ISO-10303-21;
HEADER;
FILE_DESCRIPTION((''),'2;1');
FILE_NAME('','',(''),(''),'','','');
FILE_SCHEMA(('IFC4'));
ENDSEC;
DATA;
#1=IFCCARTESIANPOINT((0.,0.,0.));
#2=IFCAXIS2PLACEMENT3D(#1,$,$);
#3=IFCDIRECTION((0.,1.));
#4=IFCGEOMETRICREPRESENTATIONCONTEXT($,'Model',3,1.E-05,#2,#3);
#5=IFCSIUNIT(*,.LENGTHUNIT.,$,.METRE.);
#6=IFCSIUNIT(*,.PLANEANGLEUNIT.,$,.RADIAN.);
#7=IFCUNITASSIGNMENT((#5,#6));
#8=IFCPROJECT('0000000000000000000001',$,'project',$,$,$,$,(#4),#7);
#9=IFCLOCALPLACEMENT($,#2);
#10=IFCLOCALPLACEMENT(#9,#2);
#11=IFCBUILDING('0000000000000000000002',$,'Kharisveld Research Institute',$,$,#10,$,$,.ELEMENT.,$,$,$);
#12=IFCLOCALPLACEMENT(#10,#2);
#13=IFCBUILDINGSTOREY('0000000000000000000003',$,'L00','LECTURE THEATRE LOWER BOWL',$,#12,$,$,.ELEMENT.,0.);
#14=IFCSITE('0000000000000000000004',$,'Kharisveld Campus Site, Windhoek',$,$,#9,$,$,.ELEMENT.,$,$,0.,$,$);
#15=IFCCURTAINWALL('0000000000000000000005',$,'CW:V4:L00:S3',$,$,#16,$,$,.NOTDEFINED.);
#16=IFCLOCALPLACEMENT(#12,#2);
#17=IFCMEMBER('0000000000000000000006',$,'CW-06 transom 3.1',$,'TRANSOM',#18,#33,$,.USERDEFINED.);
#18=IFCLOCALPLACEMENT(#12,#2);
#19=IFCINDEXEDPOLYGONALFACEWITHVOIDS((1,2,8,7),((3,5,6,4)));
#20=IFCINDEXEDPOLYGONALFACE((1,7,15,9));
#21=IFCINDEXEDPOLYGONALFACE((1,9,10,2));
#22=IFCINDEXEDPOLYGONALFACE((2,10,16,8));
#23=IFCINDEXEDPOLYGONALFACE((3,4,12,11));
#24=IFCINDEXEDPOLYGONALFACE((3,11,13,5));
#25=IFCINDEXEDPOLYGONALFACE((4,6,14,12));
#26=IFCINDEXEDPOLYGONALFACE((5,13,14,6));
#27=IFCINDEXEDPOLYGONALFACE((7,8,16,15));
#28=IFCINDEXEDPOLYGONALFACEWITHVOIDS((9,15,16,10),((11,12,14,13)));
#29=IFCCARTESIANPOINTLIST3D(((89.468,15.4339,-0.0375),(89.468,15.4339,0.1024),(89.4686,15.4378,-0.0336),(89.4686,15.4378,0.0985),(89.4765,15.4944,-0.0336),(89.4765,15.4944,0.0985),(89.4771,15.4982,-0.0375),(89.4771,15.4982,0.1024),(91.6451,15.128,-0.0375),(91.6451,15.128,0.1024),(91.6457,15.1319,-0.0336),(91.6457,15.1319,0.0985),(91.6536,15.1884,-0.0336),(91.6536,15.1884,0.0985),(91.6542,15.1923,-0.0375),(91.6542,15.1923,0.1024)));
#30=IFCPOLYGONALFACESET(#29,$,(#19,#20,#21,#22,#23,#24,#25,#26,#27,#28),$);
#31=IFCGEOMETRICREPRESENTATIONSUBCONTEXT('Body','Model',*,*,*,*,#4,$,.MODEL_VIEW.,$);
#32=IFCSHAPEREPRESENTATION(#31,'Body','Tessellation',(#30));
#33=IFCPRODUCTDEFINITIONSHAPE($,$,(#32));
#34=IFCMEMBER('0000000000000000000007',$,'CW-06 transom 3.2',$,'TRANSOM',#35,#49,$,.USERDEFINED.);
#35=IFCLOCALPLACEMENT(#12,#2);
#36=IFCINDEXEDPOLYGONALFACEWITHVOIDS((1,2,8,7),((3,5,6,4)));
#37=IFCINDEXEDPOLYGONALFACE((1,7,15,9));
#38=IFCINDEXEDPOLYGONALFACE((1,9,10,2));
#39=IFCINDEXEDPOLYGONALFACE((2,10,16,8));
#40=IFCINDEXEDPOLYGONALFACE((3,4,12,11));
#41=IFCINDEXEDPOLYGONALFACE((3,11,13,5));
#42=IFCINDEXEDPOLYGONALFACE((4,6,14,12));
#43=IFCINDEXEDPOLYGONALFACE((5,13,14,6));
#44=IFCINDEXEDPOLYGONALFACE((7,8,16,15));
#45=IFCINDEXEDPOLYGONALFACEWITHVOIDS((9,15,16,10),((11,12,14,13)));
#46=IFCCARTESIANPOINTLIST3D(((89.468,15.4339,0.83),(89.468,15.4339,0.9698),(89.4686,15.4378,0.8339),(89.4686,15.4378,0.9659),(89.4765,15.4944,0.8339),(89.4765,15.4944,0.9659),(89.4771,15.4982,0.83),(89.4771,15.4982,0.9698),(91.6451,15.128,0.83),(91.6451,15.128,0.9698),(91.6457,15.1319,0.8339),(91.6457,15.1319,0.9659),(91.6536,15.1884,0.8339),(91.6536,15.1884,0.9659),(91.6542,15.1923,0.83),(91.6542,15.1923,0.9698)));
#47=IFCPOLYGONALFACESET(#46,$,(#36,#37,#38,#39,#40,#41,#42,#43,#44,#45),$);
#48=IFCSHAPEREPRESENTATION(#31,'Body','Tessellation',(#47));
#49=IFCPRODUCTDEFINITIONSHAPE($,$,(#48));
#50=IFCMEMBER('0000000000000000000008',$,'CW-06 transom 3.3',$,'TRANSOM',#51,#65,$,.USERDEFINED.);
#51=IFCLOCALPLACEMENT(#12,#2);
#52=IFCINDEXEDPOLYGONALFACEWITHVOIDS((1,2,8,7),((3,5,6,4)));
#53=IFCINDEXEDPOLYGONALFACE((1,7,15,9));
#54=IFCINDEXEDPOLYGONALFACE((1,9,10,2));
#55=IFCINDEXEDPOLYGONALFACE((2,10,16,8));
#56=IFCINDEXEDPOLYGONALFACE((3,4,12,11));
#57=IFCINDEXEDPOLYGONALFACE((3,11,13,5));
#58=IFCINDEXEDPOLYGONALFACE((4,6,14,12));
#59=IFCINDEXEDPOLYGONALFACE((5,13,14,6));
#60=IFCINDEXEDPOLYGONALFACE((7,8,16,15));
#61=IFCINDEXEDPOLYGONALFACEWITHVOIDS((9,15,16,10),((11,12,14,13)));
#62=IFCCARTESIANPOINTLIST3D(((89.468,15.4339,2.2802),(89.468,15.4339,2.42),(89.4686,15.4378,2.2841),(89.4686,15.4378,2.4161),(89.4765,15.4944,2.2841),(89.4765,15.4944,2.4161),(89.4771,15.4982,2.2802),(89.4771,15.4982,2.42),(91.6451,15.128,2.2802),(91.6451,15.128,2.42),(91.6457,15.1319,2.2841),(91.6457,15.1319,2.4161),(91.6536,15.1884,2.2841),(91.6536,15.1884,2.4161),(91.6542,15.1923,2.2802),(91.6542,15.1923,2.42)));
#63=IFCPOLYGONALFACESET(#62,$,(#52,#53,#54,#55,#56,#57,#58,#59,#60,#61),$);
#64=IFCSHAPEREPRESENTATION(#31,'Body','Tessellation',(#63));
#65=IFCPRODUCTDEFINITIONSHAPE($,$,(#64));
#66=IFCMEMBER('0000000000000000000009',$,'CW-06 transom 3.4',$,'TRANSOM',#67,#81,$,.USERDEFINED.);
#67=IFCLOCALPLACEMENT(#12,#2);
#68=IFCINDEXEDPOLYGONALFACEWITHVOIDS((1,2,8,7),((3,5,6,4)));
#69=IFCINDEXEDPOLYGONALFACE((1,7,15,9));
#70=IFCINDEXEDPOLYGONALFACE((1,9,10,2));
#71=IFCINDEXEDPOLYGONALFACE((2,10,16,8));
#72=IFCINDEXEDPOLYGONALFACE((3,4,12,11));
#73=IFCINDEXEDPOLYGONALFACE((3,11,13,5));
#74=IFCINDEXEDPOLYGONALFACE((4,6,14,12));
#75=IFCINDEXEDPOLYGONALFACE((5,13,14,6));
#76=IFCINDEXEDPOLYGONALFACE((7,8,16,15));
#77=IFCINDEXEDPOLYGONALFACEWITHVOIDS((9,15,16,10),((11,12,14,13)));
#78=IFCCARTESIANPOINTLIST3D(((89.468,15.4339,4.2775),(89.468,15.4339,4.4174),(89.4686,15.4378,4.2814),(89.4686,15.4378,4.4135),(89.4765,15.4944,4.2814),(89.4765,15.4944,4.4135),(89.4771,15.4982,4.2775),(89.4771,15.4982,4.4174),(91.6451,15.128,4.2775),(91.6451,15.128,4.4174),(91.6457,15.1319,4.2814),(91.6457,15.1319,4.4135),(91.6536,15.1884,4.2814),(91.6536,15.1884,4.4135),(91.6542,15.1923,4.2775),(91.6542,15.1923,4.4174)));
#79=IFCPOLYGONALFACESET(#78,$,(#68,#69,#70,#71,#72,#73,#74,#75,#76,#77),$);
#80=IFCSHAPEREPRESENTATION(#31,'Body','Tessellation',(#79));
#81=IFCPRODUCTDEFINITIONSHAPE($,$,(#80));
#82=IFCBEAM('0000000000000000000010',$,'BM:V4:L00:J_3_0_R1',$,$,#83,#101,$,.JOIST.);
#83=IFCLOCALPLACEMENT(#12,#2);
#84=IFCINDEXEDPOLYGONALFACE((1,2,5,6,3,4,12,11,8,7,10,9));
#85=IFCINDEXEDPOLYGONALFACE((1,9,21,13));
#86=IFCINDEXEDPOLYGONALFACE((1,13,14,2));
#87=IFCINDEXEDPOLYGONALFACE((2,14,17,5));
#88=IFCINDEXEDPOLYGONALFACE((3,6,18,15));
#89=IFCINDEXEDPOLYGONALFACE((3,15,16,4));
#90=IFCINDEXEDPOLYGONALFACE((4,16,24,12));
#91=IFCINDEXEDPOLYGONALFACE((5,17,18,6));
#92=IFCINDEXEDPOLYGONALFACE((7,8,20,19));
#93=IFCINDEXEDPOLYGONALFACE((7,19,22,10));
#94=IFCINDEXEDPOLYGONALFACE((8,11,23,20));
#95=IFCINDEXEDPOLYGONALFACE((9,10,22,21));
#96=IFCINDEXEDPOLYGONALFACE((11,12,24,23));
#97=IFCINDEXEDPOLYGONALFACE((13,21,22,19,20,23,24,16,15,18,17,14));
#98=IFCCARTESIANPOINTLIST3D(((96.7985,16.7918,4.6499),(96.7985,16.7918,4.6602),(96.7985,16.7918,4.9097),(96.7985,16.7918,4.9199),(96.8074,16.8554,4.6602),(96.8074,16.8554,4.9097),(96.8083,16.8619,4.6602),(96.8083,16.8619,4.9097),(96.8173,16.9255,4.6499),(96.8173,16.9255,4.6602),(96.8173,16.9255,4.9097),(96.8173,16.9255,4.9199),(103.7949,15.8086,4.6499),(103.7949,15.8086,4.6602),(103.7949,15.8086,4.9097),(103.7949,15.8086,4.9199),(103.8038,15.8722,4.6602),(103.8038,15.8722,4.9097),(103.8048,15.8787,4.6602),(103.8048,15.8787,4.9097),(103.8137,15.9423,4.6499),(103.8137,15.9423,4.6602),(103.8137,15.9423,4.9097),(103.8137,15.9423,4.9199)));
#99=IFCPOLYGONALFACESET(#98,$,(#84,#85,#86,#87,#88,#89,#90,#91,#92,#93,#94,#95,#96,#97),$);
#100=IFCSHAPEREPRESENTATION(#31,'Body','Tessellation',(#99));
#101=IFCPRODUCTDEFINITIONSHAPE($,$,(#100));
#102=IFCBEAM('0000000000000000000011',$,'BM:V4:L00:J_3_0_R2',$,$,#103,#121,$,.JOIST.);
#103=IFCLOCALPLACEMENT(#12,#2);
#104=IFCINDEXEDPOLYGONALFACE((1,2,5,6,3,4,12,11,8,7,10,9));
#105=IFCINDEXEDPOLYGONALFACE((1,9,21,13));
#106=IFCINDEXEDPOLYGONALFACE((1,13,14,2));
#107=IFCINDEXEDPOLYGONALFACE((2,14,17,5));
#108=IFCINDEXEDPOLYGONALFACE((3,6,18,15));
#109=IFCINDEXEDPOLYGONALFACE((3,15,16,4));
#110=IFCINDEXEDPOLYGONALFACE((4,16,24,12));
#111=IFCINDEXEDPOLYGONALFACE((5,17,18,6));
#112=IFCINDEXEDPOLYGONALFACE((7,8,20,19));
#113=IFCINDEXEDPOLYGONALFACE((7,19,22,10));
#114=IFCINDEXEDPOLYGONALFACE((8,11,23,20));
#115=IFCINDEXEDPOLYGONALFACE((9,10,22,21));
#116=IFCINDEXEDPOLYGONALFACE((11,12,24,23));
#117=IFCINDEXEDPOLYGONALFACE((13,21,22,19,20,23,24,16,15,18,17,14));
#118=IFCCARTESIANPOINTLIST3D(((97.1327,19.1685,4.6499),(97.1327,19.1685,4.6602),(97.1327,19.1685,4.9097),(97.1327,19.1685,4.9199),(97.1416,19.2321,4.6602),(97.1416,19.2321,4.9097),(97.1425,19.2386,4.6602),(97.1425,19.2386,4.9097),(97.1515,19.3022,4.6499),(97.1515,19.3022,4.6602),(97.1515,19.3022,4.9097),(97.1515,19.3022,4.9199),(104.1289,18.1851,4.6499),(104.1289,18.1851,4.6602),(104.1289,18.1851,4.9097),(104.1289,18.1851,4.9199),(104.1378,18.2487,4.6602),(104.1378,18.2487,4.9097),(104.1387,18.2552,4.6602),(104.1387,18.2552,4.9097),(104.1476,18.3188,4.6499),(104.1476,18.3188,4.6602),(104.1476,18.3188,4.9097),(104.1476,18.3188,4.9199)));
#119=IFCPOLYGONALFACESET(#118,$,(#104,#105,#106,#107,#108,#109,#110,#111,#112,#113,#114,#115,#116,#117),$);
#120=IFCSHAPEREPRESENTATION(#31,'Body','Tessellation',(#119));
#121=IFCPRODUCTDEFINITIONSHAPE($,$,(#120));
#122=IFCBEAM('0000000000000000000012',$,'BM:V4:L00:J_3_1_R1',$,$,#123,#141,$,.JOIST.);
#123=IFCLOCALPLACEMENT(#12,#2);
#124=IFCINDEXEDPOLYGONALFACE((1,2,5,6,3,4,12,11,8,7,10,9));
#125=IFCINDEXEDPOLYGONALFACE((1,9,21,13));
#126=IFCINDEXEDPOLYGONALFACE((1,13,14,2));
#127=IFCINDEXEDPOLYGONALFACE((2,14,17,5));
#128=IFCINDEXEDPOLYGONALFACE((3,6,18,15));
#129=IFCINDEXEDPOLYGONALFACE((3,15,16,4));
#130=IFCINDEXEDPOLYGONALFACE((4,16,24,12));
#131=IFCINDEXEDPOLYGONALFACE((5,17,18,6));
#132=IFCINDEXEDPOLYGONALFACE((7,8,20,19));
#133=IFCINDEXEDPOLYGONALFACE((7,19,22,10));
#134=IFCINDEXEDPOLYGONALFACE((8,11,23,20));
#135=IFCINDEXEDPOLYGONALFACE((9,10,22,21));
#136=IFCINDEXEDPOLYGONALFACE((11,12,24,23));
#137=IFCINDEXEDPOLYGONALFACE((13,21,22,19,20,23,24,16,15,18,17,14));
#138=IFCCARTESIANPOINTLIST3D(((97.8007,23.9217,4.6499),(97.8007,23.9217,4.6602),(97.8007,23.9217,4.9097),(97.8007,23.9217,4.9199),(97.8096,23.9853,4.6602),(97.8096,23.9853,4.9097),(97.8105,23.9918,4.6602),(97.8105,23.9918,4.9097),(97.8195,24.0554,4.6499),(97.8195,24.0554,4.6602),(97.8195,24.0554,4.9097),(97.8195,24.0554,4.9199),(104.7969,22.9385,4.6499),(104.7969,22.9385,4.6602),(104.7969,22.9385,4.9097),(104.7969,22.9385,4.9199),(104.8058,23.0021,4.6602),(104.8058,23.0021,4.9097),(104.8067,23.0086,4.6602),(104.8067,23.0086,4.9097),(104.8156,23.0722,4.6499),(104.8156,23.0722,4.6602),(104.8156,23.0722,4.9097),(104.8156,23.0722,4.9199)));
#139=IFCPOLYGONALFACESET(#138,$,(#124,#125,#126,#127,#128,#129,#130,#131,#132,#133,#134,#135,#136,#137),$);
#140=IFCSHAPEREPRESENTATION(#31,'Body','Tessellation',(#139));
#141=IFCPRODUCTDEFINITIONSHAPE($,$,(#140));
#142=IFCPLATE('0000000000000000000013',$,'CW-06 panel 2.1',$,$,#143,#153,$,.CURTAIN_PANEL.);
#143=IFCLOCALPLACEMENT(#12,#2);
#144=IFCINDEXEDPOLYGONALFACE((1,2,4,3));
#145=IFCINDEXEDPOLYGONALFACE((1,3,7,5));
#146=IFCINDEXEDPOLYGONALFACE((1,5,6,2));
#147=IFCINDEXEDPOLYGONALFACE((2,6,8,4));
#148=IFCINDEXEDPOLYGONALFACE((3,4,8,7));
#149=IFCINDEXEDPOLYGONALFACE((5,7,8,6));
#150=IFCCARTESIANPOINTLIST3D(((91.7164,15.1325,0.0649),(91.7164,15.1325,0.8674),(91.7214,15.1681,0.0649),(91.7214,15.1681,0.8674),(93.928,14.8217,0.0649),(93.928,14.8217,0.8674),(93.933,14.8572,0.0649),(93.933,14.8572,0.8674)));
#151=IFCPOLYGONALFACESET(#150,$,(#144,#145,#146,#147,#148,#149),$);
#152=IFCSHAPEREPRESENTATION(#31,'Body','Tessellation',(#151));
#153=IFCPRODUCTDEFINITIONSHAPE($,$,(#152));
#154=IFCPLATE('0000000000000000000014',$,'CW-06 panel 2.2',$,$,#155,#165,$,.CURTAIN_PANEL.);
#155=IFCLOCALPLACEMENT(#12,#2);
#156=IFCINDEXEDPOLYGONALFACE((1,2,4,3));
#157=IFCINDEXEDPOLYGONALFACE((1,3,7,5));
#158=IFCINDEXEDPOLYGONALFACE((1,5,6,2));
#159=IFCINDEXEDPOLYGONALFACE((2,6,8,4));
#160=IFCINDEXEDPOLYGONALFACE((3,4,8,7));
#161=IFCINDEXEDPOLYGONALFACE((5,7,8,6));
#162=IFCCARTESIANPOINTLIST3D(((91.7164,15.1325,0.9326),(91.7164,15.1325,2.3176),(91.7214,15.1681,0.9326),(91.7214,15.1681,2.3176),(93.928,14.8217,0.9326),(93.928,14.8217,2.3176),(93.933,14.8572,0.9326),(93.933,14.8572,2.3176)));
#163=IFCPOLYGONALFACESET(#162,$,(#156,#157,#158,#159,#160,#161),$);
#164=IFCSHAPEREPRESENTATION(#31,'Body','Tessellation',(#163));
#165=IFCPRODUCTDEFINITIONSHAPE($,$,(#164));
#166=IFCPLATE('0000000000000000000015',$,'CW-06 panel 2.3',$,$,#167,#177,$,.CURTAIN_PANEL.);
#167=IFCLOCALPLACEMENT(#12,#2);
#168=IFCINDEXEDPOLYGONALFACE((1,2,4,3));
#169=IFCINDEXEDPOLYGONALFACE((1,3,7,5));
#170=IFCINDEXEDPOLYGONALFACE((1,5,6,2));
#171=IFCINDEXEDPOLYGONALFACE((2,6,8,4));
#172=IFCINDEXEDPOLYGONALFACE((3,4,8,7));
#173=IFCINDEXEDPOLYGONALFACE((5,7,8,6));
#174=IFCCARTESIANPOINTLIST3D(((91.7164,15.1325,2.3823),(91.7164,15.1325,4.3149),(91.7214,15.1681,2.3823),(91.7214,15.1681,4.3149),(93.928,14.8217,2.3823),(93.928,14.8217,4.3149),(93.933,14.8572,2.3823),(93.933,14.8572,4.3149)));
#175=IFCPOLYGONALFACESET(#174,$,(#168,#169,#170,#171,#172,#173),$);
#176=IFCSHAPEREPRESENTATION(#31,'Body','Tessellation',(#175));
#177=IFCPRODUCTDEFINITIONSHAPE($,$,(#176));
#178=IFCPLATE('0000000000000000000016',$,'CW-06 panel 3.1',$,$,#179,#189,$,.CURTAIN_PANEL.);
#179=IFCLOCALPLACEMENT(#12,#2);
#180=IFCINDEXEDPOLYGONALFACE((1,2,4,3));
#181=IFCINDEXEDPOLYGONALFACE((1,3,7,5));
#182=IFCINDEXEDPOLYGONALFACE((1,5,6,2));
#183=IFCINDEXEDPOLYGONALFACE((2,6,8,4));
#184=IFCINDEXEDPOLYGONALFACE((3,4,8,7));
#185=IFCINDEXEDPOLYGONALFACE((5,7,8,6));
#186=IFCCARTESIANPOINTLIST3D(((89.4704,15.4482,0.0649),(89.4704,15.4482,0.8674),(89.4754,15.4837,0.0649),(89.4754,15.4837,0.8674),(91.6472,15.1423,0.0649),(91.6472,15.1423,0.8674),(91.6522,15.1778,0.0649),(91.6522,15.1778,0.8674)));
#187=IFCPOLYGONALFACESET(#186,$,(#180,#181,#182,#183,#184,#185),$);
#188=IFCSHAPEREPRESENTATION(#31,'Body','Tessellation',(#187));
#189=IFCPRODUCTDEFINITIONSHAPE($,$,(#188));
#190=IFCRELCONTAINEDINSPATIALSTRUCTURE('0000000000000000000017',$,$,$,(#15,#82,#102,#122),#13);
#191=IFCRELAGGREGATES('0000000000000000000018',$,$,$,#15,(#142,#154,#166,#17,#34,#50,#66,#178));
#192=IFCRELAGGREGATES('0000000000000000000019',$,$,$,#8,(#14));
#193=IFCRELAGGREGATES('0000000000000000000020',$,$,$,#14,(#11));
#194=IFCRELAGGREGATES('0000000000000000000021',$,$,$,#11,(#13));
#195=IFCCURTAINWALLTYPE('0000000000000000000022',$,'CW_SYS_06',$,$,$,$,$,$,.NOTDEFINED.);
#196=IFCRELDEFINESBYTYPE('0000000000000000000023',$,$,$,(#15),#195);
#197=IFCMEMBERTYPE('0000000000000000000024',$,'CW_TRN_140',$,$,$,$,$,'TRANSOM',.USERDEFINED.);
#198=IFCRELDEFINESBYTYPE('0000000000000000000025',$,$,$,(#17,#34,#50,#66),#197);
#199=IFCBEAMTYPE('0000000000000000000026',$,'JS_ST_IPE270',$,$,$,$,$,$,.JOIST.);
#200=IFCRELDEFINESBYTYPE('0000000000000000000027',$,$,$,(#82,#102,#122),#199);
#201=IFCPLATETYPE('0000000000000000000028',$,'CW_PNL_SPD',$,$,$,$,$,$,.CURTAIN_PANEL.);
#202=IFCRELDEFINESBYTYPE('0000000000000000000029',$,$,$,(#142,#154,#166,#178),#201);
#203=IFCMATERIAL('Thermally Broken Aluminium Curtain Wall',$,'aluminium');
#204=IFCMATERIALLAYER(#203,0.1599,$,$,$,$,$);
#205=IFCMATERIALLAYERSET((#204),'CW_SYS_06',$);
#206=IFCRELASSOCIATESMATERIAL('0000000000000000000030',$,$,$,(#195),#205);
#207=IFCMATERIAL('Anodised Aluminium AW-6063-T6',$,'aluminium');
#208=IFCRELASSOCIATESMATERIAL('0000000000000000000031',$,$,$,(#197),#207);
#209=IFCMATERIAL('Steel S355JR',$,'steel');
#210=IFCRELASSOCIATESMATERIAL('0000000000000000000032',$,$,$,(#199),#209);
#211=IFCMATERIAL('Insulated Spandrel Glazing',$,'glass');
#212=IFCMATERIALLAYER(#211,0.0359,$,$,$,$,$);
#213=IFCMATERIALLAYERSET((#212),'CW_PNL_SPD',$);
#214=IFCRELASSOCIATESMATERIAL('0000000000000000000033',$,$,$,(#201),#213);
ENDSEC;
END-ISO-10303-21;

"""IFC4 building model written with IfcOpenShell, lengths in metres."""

from ifc_helpers import new_model, si_unit, direction, frame, origin, origin_2d, place, context, subcontext, project, spatial, rectangle, hollow_rectangle, i_section, extrude, material, layer, layer_set, material_profile, profile_set, type_object, element, aggregate, save


model = new_model("IFC4")

# Units and contexts
model_context = context("Model", 3, precision=1e-05, world=origin(), true_north=direction((0.0, 1.0)))
body_context = subcontext(model_context, "Body", "Model", "MODEL_VIEW")
ifc_project = project(units=[si_unit("LENGTHUNIT", "METRE"), si_unit("PLANEANGLEUNIT", "RADIAN")], contexts=[model_context])

# Site, building, storey
site_placement = place(None, origin())
site = spatial("IfcSite", under=ifc_project, at=site_placement, Name="Kharisveld Campus Site, Windhoek", CompositionType="ELEMENT", RefElevation=0.0)
building_placement = place(site_placement, origin())
building = spatial("IfcBuilding", under=site, at=building_placement, Name="Kharisveld Research Institute", CompositionType="ELEMENT")
storey_placement = place(building_placement, origin())
storey = spatial("IfcBuildingStorey", under=building, at=storey_placement, Name="L00", Description="LECTURE THEATRE LOWER BOWL", CompositionType="ELEMENT", Elevation=0.0)

# Curtain wall, members
ifc_material_1 = material(Name="Thermally Broken Aluminium Curtain Wall", Category="aluminium")
ifc_layer_1 = layer(ifc_material_1, 0.1599)
ifc_layer_set_1 = layer_set([ifc_layer_1], Name="CW_SYS_06")
curtain_wall_type = type_object("IfcCurtainWallType", Name="CW_SYS_06", PredefinedType="NOTDEFINED", material=ifc_layer_set_1)
curtain_wall_placement = place(storey_placement, origin())
curtain_wall = element("IfcCurtainWall", 1, at=curtain_wall_placement, inside=storey, type_object=curtain_wall_type, Name="CW:V4:L00:S3", PredefinedType="NOTDEFINED")
ifc_material_2 = material(Name="Anodised Aluminium AW-6063-T6", Category="aluminium")
ifc_material_profile_1 = material_profile(ifc_material_2, hollow_rectangle(XDim=0.0649, YDim=0.1399, WallThickness=0.0039, at=origin_2d()))
ifc_profile_set_1 = profile_set([ifc_material_profile_1], Name="Anodised Aluminium AW-6063-T6")
member_type_1 = type_object("IfcMemberType", Name="CW_TRN_140", ElementType="TRANSOM", PredefinedType="USERDEFINED", material=ifc_profile_set_1)
member_1_placement = place(storey_placement, frame((91.6497, 15.1602, 0.0325), z_axis=(-0.990271, 0.139151, 0.0), x_axis=(-0.139151, -0.990271, 0.0)))
member_1 = element("IfcMember", 2, at=member_1_placement, type_object=member_type_1, Name="CW-06 transom 3.1", ObjectType="TRANSOM", PredefinedType="USERDEFINED", context=body_context, shape_type="SweptSolid", body=[
    extrude(hollow_rectangle(XDim=0.0649, YDim=0.1399, WallThickness=0.0039, at=origin_2d()), origin(), (0.0, 0.0, 1.0), 2.1985),
])
member_2_placement = place(storey_placement, frame((91.6497, 15.1602, 0.8999), z_axis=(-0.990271, 0.139151, 0.0), x_axis=(-0.139151, -0.990271, 0.0)))
member_2 = element("IfcMember", 3, at=member_2_placement, type_object=member_type_1, Name="CW-06 transom 3.2", ObjectType="TRANSOM", PredefinedType="USERDEFINED", context=body_context, shape_type="SweptSolid", body=[
    extrude(hollow_rectangle(XDim=0.0649, YDim=0.1399, WallThickness=0.0039, at=origin_2d()), origin(), (0.0, 0.0, 1.0), 2.1985),
])
member_3_placement = place(storey_placement, frame((91.6497, 15.1602, 2.3501), z_axis=(-0.990271, 0.139151, 0.0), x_axis=(-0.139151, -0.990271, 0.0)))
member_3 = element("IfcMember", 4, at=member_3_placement, type_object=member_type_1, Name="CW-06 transom 3.3", ObjectType="TRANSOM", PredefinedType="USERDEFINED", context=body_context, shape_type="SweptSolid", body=[
    extrude(hollow_rectangle(XDim=0.0649, YDim=0.1399, WallThickness=0.0039, at=origin_2d()), origin(), (0.0, 0.0, 1.0), 2.1985),
])
member_4_placement = place(storey_placement, frame((91.6497, 15.1602, 4.3474), z_axis=(-0.990271, 0.139151, 0.0), x_axis=(-0.139151, -0.990271, 0.0)))
member_4 = element("IfcMember", 5, at=member_4_placement, type_object=member_type_1, Name="CW-06 transom 3.4", ObjectType="TRANSOM", PredefinedType="USERDEFINED", context=body_context, shape_type="SweptSolid", body=[
    extrude(hollow_rectangle(XDim=0.0649, YDim=0.1399, WallThickness=0.0039, at=origin_2d()), origin(), (0.0, 0.0, 1.0), 2.1985),
])

# Beams
ifc_material_3 = material(Name="Steel S355JR", Category="steel")
ifc_material_profile_2 = material_profile(ifc_material_3, i_section(OverallWidth=0.135, OverallDepth=0.27, WebThickness=0.0066, FlangeThickness=0.0103, at=origin_2d()))
ifc_profile_set_2 = profile_set([ifc_material_profile_2], Name="Steel S355JR")
beam_type_1 = type_object("IfcBeamType", Name="JS_ST_IPE270", PredefinedType="JOIST", material=ifc_profile_set_2)
beam_1_placement = place(storey_placement, frame((96.8079, 16.8586, 4.7849), z_axis=(0.99027, -0.139157, 0.0), x_axis=(0.139157, 0.99027, 0.0)))
element("IfcBeam", 6, at=beam_1_placement, inside=storey, type_object=beam_type_1, Name="BM:V4:L00:J_3_0_R1", PredefinedType="JOIST", context=body_context, shape_type="SweptSolid", body=[
    extrude(i_section(OverallWidth=0.135, OverallDepth=0.27, WebThickness=0.0066, FlangeThickness=0.0103, at=origin_2d()), origin(), (0.0, 0.0, 1.0), 7.0652),
])
for number, where, z_axis, x_axis, name in (
    (7, (97.1421, 19.2354, 4.7849), (0.990265, -0.139196, 0.0), (0.139196, 0.990265, 0.0), "BM:V4:L00:J_3_0_R2"),
    (8, (97.8101, 23.9885, 4.7849), (0.99027, -0.139162, 0.0), (0.139162, 0.99027, 0.0), "BM:V4:L00:J_3_1_R1"),
):
    element("IfcBeam", number, at=place(storey_placement, frame(where, z_axis=z_axis, x_axis=x_axis)), inside=storey, type_object=beam_type_1, Name=name, PredefinedType="JOIST", context=body_context, shape_type="SweptSolid", body=[
        extrude(i_section(OverallWidth=0.135, OverallDepth=0.27, WebThickness=0.0066, FlangeThickness=0.0103, at=origin_2d()), origin(), (0.0, 0.0, 1.0), 7.0649),
    ])

# Plates
ifc_material_4 = material(Name="Insulated Spandrel Glazing", Category="glass")
ifc_layer_2 = layer(ifc_material_4, 0.0359)
ifc_layer_set_2 = layer_set([ifc_layer_2], Name="CW_PNL_SPD")
plate_type = type_object("IfcPlateType", Name="CW_PNL_SPD", PredefinedType="CURTAIN_PANEL", material=ifc_layer_set_2)
plate_1_placement = place(storey_placement, frame((92.8247, 14.9949, 0.0649), z_axis=(0.0, 0.0, 1.0), x_axis=(-0.990268, 0.139173, 0.0)))
plate_1 = element("IfcPlate", 9, at=plate_1_placement, type_object=plate_type, Name="CW-06 panel 2.1", PredefinedType="CURTAIN_PANEL", context=body_context, shape_type="SweptSolid", body=[
    extrude(rectangle(XDim=2.2334, YDim=0.0359, at=origin_2d()), origin(), (0.0, 0.0, 1.0), 0.8025),
])
plate_2_placement = place(storey_placement, frame((92.8247, 14.9949, 0.9326), z_axis=(0.0, 0.0, 1.0), x_axis=(-0.990268, 0.139173, 0.0)))
plate_2 = element("IfcPlate", 10, at=plate_2_placement, type_object=plate_type, Name="CW-06 panel 2.2", PredefinedType="CURTAIN_PANEL", context=body_context, shape_type="SweptSolid", body=[
    extrude(rectangle(XDim=2.2334, YDim=0.0359, at=origin_2d()), origin(), (0.0, 0.0, 1.0), 1.385),
])
plate_3_placement = place(storey_placement, frame((92.8247, 14.9949, 2.3823), z_axis=(0.0, 0.0, 1.0), x_axis=(-0.990268, 0.139173, 0.0)))
plate_3 = element("IfcPlate", 11, at=plate_3_placement, type_object=plate_type, Name="CW-06 panel 2.3", PredefinedType="CURTAIN_PANEL", context=body_context, shape_type="SweptSolid", body=[
    extrude(rectangle(XDim=2.2334, YDim=0.0359, at=origin_2d()), origin(), (0.0, 0.0, 1.0), 1.9326),
])
plate_4_placement = place(storey_placement, frame((90.5613, 15.313, 0.0649), z_axis=(0.0, 0.0, 1.0), x_axis=(-0.990268, 0.139173, 0.0)))
plate_4 = element("IfcPlate", 12, at=plate_4_placement, type_object=plate_type, Name="CW-06 panel 3.1", PredefinedType="CURTAIN_PANEL", context=body_context, shape_type="SweptSolid", body=[
    extrude(rectangle(XDim=2.1982, YDim=0.0359, at=origin_2d()), origin(), (0.0, 0.0, 1.0), 0.8025),
])
aggregate(curtain_wall, [plate_1, plate_2, plate_3, member_1, member_2, member_3, member_4, plate_4])

save(model, "model.ifc")
